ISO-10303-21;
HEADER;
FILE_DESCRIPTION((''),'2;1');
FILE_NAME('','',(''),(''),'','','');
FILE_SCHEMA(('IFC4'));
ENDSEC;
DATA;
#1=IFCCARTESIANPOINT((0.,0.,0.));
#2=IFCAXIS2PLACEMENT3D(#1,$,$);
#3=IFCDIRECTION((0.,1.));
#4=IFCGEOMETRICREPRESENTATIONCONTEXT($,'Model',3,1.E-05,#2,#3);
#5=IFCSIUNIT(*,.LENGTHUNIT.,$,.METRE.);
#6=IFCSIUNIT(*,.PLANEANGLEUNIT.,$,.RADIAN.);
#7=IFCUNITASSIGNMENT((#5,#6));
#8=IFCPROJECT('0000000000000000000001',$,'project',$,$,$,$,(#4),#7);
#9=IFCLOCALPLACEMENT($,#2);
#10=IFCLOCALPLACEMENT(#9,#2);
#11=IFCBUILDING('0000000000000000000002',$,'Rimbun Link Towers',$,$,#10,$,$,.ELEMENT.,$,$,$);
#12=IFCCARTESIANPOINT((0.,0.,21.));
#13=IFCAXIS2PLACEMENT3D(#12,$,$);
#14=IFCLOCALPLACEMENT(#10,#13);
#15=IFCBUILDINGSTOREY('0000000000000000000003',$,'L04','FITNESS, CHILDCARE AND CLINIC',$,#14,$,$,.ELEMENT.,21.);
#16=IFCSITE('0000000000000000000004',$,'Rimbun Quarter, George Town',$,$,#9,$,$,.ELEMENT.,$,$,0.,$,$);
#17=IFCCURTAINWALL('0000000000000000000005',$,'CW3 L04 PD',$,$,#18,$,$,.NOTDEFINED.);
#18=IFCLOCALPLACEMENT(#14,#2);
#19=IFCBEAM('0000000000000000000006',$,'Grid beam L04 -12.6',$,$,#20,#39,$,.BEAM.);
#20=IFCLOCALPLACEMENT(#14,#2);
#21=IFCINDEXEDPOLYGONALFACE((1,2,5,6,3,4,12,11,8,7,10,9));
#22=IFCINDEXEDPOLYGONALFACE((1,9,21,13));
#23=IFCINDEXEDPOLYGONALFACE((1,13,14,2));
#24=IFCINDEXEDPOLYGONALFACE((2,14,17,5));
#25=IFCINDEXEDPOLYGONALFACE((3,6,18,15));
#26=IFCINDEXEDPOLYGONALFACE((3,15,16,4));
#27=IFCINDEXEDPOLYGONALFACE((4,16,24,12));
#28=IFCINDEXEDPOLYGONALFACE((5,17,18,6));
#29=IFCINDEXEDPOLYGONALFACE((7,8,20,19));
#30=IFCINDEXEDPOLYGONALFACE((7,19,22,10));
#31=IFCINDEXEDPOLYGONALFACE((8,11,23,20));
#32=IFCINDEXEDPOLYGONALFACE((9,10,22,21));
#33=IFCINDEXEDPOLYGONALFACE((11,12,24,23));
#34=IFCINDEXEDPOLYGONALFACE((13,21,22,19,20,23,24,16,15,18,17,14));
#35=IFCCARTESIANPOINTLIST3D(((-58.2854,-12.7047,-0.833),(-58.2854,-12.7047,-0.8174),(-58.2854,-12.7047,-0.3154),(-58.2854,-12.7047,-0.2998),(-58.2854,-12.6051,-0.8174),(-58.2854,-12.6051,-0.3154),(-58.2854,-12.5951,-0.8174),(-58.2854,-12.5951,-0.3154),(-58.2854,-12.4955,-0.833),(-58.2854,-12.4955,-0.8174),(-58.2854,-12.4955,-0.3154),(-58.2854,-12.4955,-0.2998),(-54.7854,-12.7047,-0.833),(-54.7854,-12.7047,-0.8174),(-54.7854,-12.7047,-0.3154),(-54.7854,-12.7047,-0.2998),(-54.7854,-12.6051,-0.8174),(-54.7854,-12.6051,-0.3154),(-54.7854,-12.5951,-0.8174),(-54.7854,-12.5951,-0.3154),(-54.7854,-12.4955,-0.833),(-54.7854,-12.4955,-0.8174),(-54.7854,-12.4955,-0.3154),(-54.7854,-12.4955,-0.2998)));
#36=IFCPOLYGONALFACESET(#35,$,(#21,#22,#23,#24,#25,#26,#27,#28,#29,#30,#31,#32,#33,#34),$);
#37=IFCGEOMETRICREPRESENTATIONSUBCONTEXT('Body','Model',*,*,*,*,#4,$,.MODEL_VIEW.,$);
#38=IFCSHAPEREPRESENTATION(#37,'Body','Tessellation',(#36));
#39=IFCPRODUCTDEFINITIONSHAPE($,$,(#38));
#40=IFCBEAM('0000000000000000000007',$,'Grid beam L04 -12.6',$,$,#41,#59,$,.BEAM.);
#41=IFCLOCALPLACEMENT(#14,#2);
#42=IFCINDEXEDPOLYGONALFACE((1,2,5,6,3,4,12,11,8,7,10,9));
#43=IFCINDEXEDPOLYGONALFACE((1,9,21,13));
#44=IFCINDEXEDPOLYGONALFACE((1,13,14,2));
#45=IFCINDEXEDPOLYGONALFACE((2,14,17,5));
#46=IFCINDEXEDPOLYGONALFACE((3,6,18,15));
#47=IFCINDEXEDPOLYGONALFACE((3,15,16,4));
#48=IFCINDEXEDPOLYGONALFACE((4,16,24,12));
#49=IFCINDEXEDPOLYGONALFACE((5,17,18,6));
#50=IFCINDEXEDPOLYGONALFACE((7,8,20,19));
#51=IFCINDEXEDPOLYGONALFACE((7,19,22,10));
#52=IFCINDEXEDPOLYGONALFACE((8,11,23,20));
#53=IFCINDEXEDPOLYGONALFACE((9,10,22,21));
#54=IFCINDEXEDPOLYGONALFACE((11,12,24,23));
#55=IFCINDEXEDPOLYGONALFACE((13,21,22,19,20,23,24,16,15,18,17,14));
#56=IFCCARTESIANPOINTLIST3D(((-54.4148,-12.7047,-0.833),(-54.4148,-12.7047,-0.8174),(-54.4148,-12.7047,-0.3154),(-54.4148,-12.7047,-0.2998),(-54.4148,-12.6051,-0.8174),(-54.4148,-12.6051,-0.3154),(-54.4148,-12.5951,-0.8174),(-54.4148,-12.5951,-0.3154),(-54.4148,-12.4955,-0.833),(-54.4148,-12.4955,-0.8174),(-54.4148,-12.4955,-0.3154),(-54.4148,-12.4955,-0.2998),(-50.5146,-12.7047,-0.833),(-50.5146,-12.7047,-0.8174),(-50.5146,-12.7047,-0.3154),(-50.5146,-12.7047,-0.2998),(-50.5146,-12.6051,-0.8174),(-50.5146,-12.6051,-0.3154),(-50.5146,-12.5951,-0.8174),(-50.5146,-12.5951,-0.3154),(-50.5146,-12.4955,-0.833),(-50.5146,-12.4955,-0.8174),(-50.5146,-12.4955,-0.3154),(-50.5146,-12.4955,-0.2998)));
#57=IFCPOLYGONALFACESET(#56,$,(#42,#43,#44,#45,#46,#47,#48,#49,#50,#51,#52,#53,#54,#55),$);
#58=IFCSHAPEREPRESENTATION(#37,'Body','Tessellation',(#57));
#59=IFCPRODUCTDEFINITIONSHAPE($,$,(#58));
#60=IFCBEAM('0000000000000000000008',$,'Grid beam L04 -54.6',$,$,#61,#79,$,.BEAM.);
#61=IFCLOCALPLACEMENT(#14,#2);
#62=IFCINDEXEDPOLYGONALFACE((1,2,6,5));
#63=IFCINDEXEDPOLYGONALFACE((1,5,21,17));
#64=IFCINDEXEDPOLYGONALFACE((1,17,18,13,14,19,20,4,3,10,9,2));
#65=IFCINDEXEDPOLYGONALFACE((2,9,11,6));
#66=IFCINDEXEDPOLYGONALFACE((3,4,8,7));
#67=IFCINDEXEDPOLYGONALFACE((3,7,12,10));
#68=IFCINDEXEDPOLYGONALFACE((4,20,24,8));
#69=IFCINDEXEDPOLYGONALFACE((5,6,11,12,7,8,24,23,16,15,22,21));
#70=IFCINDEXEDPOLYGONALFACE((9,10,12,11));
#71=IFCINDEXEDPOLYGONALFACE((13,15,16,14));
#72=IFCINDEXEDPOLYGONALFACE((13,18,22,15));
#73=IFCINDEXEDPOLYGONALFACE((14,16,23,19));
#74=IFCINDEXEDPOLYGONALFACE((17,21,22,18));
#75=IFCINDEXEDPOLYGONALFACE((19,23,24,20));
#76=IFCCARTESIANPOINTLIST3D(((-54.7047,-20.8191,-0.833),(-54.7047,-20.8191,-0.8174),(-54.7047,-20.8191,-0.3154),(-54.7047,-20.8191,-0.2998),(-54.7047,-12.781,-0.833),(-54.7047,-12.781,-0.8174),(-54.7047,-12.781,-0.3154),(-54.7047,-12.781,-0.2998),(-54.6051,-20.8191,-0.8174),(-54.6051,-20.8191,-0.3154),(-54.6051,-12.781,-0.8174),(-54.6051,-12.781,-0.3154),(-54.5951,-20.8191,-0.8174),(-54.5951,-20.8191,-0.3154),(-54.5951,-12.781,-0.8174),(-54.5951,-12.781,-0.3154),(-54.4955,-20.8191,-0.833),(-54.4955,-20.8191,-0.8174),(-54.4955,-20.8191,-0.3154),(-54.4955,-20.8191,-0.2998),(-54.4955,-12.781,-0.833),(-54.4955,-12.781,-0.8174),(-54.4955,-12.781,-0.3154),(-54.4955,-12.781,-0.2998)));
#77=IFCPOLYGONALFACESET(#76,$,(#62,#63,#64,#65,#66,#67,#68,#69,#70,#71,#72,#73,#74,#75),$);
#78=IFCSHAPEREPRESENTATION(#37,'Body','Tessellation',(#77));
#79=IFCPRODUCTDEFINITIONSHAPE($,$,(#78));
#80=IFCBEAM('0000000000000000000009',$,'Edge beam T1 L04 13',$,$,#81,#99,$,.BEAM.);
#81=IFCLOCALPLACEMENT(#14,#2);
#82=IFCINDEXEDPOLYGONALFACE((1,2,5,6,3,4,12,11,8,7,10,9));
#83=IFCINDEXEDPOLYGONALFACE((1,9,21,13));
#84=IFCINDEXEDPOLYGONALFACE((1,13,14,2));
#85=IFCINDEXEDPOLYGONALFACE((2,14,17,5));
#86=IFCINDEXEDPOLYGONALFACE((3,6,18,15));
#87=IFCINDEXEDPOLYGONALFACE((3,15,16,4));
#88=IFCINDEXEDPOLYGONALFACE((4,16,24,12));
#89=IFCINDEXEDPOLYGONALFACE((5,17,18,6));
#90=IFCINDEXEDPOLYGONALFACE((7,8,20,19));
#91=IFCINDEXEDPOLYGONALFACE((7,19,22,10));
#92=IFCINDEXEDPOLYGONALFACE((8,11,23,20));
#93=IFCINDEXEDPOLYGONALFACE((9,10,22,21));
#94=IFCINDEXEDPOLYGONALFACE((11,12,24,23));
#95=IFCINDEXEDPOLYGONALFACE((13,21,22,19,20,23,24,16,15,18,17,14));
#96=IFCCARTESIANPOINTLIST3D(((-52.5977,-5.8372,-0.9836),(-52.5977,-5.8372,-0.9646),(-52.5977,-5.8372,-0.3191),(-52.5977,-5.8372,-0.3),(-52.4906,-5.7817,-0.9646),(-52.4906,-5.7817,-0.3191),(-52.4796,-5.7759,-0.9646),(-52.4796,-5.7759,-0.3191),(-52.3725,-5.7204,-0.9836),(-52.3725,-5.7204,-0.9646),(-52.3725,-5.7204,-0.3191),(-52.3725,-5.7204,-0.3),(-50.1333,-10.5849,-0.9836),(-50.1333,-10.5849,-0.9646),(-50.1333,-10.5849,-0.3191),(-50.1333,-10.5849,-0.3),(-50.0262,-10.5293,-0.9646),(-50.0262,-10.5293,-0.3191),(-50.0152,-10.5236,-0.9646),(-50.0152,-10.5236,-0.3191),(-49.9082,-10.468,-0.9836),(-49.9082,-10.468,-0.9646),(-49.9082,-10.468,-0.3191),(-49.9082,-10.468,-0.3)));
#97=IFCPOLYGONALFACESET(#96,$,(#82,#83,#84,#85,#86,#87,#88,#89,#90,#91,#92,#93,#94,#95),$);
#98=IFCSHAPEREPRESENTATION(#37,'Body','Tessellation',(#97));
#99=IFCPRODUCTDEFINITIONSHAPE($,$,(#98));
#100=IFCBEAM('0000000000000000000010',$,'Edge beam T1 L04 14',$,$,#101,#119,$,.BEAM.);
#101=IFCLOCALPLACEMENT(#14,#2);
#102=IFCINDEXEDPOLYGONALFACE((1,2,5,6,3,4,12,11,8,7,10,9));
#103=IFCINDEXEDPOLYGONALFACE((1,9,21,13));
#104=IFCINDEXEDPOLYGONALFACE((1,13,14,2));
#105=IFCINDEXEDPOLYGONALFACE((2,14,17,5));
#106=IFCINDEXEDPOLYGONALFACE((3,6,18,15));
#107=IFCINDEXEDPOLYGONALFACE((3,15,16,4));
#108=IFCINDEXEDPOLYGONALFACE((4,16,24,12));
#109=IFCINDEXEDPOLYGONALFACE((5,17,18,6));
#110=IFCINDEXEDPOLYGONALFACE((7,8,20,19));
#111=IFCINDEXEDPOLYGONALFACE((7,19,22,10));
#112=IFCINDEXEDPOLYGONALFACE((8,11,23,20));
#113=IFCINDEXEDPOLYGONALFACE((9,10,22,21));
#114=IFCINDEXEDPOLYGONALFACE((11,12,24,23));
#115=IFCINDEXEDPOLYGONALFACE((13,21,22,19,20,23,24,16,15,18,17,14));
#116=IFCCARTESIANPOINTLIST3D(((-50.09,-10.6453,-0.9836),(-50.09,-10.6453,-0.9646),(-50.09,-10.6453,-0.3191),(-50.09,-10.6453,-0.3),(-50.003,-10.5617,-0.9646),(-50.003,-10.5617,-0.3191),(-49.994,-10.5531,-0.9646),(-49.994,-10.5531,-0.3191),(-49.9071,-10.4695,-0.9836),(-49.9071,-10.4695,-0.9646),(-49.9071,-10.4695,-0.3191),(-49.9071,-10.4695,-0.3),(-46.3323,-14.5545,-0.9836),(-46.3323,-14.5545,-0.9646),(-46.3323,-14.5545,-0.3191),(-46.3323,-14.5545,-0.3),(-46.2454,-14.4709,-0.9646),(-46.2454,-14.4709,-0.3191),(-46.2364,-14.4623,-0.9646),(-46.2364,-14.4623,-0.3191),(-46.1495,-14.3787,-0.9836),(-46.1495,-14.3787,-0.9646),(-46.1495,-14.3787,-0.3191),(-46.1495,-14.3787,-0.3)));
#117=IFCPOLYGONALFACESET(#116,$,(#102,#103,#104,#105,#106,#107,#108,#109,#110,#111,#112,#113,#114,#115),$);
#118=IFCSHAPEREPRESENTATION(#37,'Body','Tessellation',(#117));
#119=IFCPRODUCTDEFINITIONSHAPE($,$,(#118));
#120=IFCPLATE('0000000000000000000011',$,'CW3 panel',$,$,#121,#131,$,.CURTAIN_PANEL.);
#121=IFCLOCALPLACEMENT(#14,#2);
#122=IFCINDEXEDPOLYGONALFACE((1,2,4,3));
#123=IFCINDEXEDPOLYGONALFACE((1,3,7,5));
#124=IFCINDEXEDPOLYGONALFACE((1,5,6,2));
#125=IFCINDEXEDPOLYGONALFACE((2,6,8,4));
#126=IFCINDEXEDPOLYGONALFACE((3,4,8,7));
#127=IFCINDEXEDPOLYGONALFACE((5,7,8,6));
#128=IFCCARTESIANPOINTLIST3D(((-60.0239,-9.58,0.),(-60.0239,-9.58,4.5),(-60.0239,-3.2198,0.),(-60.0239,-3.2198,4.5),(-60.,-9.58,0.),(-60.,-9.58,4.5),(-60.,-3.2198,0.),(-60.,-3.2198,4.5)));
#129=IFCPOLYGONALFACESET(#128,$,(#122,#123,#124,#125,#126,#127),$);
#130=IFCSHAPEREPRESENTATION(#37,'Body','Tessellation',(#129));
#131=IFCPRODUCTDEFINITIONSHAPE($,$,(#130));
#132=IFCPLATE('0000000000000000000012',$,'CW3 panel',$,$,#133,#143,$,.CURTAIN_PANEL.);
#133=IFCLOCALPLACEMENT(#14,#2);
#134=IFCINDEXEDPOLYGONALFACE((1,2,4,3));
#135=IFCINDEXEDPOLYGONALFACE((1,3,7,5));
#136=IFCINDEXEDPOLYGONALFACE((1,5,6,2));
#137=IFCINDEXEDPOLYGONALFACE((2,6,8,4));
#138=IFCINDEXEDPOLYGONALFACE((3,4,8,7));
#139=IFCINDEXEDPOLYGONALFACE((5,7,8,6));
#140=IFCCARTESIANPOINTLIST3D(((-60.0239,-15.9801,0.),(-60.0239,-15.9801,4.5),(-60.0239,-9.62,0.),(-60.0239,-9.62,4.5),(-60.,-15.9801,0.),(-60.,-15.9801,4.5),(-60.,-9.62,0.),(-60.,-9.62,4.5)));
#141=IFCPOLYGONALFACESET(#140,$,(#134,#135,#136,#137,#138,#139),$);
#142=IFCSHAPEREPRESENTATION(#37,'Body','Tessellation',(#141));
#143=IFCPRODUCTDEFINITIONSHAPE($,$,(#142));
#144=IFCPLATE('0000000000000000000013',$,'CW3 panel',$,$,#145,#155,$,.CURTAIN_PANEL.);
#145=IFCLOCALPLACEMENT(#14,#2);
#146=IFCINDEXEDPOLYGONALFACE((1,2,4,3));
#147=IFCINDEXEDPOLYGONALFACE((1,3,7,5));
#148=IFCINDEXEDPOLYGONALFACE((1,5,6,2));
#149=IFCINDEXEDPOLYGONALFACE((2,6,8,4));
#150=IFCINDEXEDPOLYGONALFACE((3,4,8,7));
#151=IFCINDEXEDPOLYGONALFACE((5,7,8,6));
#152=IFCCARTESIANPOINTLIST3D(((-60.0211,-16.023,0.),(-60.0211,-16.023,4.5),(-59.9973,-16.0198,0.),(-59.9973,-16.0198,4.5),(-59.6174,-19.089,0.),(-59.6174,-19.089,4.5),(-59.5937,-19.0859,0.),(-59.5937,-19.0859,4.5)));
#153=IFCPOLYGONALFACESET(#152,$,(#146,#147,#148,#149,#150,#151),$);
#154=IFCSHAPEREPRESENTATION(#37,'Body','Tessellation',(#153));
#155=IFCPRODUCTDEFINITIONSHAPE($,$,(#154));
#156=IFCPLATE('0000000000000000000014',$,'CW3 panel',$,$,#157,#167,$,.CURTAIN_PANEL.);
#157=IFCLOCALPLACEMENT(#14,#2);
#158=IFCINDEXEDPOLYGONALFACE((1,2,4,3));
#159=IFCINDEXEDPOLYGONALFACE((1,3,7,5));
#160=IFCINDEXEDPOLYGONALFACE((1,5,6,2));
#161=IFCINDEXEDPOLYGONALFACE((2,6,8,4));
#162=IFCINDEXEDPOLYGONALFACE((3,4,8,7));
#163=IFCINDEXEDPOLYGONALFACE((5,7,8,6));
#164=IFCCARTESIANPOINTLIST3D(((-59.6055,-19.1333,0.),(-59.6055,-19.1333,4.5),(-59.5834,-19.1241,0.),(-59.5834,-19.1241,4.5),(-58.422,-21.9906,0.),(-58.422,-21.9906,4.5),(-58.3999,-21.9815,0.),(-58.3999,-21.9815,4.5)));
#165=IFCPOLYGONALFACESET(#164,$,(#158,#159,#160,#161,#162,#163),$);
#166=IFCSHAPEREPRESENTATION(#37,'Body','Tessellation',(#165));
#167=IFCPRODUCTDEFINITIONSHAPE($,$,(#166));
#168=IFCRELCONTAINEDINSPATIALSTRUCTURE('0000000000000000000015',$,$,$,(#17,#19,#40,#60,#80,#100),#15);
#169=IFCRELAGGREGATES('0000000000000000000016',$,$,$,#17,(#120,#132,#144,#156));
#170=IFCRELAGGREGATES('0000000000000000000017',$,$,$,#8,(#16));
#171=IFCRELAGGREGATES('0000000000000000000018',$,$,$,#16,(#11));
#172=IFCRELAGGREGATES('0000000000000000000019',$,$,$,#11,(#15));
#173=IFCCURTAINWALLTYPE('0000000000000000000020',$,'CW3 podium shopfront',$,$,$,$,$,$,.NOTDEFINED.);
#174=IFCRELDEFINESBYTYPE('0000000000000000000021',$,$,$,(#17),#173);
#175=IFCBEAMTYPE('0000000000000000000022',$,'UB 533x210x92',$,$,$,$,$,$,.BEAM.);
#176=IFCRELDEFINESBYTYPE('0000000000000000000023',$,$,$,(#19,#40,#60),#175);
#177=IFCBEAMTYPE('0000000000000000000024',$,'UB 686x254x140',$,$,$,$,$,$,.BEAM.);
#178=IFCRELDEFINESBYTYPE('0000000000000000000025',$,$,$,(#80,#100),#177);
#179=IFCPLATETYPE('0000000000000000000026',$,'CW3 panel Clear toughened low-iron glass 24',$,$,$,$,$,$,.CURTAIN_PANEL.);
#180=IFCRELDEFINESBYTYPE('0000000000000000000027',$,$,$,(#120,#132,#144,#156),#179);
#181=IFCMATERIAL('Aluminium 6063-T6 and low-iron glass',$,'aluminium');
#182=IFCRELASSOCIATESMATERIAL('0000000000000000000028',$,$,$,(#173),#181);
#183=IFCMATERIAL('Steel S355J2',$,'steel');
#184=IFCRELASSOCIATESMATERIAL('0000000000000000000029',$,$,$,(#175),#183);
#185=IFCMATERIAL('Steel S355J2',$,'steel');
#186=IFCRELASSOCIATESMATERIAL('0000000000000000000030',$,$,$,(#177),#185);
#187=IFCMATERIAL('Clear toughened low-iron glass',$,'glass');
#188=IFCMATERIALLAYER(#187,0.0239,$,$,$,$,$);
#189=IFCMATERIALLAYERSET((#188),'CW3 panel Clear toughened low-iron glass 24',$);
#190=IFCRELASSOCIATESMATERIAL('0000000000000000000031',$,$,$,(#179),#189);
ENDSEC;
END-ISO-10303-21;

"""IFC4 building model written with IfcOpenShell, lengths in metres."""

from ifc_helpers import new_model, si_unit, direction, frame, origin, origin_2d, place, context, subcontext, project, spatial, rectangle, i_section, extrude, material, layer, layer_set, material_profile, profile_set, type_object, element, aggregate, save


model = new_model("IFC4")

# Units and contexts
model_context = context("Model", 3, precision=1e-05, world=origin(), true_north=direction((0.0, 1.0)))
body_context = subcontext(model_context, "Body", "Model", "MODEL_VIEW")
ifc_project = project(units=[si_unit("LENGTHUNIT", "METRE"), si_unit("PLANEANGLEUNIT", "RADIAN")], contexts=[model_context])

# Site, building, storey
site_placement = place(None, origin())
site = spatial("IfcSite", under=ifc_project, at=site_placement, Name="Rimbun Quarter, George Town", CompositionType="ELEMENT", RefElevation=0.0)
building_placement = place(site_placement, origin())
building = spatial("IfcBuilding", under=site, at=building_placement, Name="Rimbun Link Towers", CompositionType="ELEMENT")
storey_placement = place(building_placement, frame((0.0, 0.0, 21.0)))
storey = spatial("IfcBuildingStorey", under=building, at=storey_placement, Name="L04", Description="FITNESS, CHILDCARE AND CLINIC", CompositionType="ELEMENT", Elevation=21.0)

# Curtain wall
ifc_material_1 = material(Name="Aluminium 6063-T6 and low-iron glass", Category="aluminium")
curtain_wall_type = type_object("IfcCurtainWallType", Name="CW3 podium shopfront", PredefinedType="NOTDEFINED", material=ifc_material_1)
curtain_wall_placement = place(storey_placement, origin())
curtain_wall = element("IfcCurtainWall", 1, at=curtain_wall_placement, inside=storey, type_object=curtain_wall_type, Name="CW3 L04 PD", PredefinedType="NOTDEFINED")

# Beams
ifc_material_2 = material(Name="Steel S355J2", Category="steel")
ifc_material_profile_1 = material_profile(ifc_material_2, i_section(OverallWidth=0.2092, OverallDepth=0.5332, WebThickness=0.01, FlangeThickness=0.0156, at=origin_2d()), Name="UB 533x210x92")
ifc_profile_set_1 = profile_set([ifc_material_profile_1], Name="Steel S355J2")
beam_type_1 = type_object("IfcBeamType", Name="UB 533x210x92", PredefinedType="BEAM", material=ifc_profile_set_1)
for number, where, z_axis, x_axis, name in (
    (2, (-58.2854, -12.6001, -0.5664), (1.0, 0.0, 0.0), (0.0, 1.0, 0.0), "Grid beam L04 -12.6"),
):
    element("IfcBeam", number, at=place(storey_placement, frame(where, z_axis=z_axis, x_axis=x_axis)), inside=storey, type_object=beam_type_1, Name=name, PredefinedType="BEAM", context=body_context, shape_type="SweptSolid", body=[
        extrude(i_section(OverallWidth=0.2092, OverallDepth=0.5332, WebThickness=0.01, FlangeThickness=0.0156, at=origin_2d()), origin(), (0.0, 0.0, 1.0), 3.5),
    ])
beam_1_placement = place(storey_placement, frame((-54.4148, -12.6001, -0.5664), z_axis=(1.0, 0.0, 0.0), x_axis=(0.0, 1.0, 0.0)))
element("IfcBeam", 3, at=beam_1_placement, inside=storey, type_object=beam_type_1, Name="Grid beam L04 -12.6", PredefinedType="BEAM", context=body_context, shape_type="SweptSolid", body=[
    extrude(i_section(OverallWidth=0.2092, OverallDepth=0.5332, WebThickness=0.01, FlangeThickness=0.0156, at=origin_2d()), origin(), (0.0, 0.0, 1.0), 3.9001),
])
beam_2_placement = place(storey_placement, frame((-54.6001, -20.8191, -0.5664), z_axis=(0.0, 1.0, 0.0), x_axis=(-1.0, 0.0, 0.0)))
element("IfcBeam", 4, at=beam_2_placement, inside=storey, type_object=beam_type_1, Name="Grid beam L04 -54.6", PredefinedType="BEAM", context=body_context, shape_type="SweptSolid", body=[
    extrude(i_section(OverallWidth=0.2092, OverallDepth=0.5332, WebThickness=0.01, FlangeThickness=0.0156, at=origin_2d()), origin(), (0.0, 0.0, 1.0), 8.0381),
])
ifc_material_3 = material(Name="Steel S355J2", Category="steel")
ifc_material_profile_2 = material_profile(ifc_material_3, i_section(OverallWidth=0.2537, OverallDepth=0.6836, WebThickness=0.0125, FlangeThickness=0.019, at=origin_2d()), Name="UB 686x254x140")
ifc_profile_set_2 = profile_set([ifc_material_profile_2], Name="Steel S355J2")
beam_type_2 = type_object("IfcBeamType", Name="UB 686x254x140", PredefinedType="BEAM", material=ifc_profile_set_2)
beam_3_placement = place(storey_placement, frame((-52.4851, -5.7788, -0.6418), z_axis=(0.460709, -0.887551, 0.0), x_axis=(0.887551, 0.460709, 0.0)))
element("IfcBeam", 5, at=beam_3_placement, inside=storey, type_object=beam_type_2, Name="Edge beam T1 L04 13", PredefinedType="BEAM", context=body_context, shape_type="SweptSolid", body=[
    extrude(i_section(OverallWidth=0.2537, OverallDepth=0.6836, WebThickness=0.0125, FlangeThickness=0.019, at=origin_2d()), origin(), (0.0, 0.0, 1.0), 5.3491),
])
beam_4_placement = place(storey_placement, frame((-49.9985, -10.5574, -0.6418), z_axis=(0.692988, -0.720949, 0.0), x_axis=(0.720949, 0.692988, 0.0)))
element("IfcBeam", 6, at=beam_4_placement, inside=storey, type_object=beam_type_2, Name="Edge beam T1 L04 14", PredefinedType="BEAM", context=body_context, shape_type="SweptSolid", body=[
    extrude(i_section(OverallWidth=0.2537, OverallDepth=0.6836, WebThickness=0.0125, FlangeThickness=0.019, at=origin_2d()), origin(), (0.0, 0.0, 1.0), 5.4224),
])

# Plates
ifc_material_4 = material(Name="Clear toughened low-iron glass", Category="glass")
ifc_layer_1 = layer(ifc_material_4, 0.0239)
ifc_layer_set_1 = layer_set([ifc_layer_1], Name="CW3 panel Clear toughened low-iron glass 24")
plate_type = type_object("IfcPlateType", Name="CW3 panel Clear toughened low-iron glass 24", PredefinedType="CURTAIN_PANEL", material=ifc_layer_set_1)
plate_1_placement = place(storey_placement, frame((-60.012, -6.3999, 0.0), z_axis=(0.0, 0.0, 1.0), x_axis=(0.0, 1.0, 0.0)))
plate_1 = element("IfcPlate", 7, at=plate_1_placement, type_object=plate_type, Name="CW3 panel", PredefinedType="CURTAIN_PANEL", context=body_context, shape_type="SweptSolid", body=[
    extrude(rectangle(XDim=6.3601, YDim=0.0239, at=origin_2d()), origin(), (0.0, 0.0, 1.0), 4.5),
])
plate_2_placement = place(storey_placement, frame((-60.012, -12.8, 0.0), z_axis=(0.0, 0.0, 1.0), x_axis=(0.0, 1.0, 0.0)))
plate_2 = element("IfcPlate", 8, at=plate_2_placement, type_object=plate_type, Name="CW3 panel", PredefinedType="CURTAIN_PANEL", context=body_context, shape_type="SweptSolid", body=[
    extrude(rectangle(XDim=6.3601, YDim=0.0239, at=origin_2d()), origin(), (0.0, 0.0, 1.0), 4.5),
])
plate_3_placement = place(storey_placement, frame((-59.8074, -17.5544, 0.0), z_axis=(0.0, 0.0, 1.0), x_axis=(-0.13053, 0.991444, 0.0)))
plate_3 = element("IfcPlate", 9, at=plate_3_placement, type_object=plate_type, Name="CW3 panel", PredefinedType="CURTAIN_PANEL", context=body_context, shape_type="SweptSolid", body=[
    extrude(rectangle(XDim=3.0925, YDim=0.0239, at=origin_2d()), origin(), (0.0, 0.0, 1.0), 4.5),
])
plate_4_placement = place(storey_placement, frame((-59.0027, -20.5574, 0.0), z_axis=(0.0, 0.0, 1.0), x_axis=(-0.382679, 0.923881, 0.0)))
plate_4 = element("IfcPlate", 10, at=plate_4_placement, type_object=plate_type, Name="CW3 panel", PredefinedType="CURTAIN_PANEL", context=body_context, shape_type="SweptSolid", body=[
    extrude(rectangle(XDim=3.0928, YDim=0.0239, at=origin_2d()), origin(), (0.0, 0.0, 1.0), 4.5),
])
aggregate(curtain_wall, [plate_1, plate_2, plate_3, plate_4])

save(model, "model.ifc")
